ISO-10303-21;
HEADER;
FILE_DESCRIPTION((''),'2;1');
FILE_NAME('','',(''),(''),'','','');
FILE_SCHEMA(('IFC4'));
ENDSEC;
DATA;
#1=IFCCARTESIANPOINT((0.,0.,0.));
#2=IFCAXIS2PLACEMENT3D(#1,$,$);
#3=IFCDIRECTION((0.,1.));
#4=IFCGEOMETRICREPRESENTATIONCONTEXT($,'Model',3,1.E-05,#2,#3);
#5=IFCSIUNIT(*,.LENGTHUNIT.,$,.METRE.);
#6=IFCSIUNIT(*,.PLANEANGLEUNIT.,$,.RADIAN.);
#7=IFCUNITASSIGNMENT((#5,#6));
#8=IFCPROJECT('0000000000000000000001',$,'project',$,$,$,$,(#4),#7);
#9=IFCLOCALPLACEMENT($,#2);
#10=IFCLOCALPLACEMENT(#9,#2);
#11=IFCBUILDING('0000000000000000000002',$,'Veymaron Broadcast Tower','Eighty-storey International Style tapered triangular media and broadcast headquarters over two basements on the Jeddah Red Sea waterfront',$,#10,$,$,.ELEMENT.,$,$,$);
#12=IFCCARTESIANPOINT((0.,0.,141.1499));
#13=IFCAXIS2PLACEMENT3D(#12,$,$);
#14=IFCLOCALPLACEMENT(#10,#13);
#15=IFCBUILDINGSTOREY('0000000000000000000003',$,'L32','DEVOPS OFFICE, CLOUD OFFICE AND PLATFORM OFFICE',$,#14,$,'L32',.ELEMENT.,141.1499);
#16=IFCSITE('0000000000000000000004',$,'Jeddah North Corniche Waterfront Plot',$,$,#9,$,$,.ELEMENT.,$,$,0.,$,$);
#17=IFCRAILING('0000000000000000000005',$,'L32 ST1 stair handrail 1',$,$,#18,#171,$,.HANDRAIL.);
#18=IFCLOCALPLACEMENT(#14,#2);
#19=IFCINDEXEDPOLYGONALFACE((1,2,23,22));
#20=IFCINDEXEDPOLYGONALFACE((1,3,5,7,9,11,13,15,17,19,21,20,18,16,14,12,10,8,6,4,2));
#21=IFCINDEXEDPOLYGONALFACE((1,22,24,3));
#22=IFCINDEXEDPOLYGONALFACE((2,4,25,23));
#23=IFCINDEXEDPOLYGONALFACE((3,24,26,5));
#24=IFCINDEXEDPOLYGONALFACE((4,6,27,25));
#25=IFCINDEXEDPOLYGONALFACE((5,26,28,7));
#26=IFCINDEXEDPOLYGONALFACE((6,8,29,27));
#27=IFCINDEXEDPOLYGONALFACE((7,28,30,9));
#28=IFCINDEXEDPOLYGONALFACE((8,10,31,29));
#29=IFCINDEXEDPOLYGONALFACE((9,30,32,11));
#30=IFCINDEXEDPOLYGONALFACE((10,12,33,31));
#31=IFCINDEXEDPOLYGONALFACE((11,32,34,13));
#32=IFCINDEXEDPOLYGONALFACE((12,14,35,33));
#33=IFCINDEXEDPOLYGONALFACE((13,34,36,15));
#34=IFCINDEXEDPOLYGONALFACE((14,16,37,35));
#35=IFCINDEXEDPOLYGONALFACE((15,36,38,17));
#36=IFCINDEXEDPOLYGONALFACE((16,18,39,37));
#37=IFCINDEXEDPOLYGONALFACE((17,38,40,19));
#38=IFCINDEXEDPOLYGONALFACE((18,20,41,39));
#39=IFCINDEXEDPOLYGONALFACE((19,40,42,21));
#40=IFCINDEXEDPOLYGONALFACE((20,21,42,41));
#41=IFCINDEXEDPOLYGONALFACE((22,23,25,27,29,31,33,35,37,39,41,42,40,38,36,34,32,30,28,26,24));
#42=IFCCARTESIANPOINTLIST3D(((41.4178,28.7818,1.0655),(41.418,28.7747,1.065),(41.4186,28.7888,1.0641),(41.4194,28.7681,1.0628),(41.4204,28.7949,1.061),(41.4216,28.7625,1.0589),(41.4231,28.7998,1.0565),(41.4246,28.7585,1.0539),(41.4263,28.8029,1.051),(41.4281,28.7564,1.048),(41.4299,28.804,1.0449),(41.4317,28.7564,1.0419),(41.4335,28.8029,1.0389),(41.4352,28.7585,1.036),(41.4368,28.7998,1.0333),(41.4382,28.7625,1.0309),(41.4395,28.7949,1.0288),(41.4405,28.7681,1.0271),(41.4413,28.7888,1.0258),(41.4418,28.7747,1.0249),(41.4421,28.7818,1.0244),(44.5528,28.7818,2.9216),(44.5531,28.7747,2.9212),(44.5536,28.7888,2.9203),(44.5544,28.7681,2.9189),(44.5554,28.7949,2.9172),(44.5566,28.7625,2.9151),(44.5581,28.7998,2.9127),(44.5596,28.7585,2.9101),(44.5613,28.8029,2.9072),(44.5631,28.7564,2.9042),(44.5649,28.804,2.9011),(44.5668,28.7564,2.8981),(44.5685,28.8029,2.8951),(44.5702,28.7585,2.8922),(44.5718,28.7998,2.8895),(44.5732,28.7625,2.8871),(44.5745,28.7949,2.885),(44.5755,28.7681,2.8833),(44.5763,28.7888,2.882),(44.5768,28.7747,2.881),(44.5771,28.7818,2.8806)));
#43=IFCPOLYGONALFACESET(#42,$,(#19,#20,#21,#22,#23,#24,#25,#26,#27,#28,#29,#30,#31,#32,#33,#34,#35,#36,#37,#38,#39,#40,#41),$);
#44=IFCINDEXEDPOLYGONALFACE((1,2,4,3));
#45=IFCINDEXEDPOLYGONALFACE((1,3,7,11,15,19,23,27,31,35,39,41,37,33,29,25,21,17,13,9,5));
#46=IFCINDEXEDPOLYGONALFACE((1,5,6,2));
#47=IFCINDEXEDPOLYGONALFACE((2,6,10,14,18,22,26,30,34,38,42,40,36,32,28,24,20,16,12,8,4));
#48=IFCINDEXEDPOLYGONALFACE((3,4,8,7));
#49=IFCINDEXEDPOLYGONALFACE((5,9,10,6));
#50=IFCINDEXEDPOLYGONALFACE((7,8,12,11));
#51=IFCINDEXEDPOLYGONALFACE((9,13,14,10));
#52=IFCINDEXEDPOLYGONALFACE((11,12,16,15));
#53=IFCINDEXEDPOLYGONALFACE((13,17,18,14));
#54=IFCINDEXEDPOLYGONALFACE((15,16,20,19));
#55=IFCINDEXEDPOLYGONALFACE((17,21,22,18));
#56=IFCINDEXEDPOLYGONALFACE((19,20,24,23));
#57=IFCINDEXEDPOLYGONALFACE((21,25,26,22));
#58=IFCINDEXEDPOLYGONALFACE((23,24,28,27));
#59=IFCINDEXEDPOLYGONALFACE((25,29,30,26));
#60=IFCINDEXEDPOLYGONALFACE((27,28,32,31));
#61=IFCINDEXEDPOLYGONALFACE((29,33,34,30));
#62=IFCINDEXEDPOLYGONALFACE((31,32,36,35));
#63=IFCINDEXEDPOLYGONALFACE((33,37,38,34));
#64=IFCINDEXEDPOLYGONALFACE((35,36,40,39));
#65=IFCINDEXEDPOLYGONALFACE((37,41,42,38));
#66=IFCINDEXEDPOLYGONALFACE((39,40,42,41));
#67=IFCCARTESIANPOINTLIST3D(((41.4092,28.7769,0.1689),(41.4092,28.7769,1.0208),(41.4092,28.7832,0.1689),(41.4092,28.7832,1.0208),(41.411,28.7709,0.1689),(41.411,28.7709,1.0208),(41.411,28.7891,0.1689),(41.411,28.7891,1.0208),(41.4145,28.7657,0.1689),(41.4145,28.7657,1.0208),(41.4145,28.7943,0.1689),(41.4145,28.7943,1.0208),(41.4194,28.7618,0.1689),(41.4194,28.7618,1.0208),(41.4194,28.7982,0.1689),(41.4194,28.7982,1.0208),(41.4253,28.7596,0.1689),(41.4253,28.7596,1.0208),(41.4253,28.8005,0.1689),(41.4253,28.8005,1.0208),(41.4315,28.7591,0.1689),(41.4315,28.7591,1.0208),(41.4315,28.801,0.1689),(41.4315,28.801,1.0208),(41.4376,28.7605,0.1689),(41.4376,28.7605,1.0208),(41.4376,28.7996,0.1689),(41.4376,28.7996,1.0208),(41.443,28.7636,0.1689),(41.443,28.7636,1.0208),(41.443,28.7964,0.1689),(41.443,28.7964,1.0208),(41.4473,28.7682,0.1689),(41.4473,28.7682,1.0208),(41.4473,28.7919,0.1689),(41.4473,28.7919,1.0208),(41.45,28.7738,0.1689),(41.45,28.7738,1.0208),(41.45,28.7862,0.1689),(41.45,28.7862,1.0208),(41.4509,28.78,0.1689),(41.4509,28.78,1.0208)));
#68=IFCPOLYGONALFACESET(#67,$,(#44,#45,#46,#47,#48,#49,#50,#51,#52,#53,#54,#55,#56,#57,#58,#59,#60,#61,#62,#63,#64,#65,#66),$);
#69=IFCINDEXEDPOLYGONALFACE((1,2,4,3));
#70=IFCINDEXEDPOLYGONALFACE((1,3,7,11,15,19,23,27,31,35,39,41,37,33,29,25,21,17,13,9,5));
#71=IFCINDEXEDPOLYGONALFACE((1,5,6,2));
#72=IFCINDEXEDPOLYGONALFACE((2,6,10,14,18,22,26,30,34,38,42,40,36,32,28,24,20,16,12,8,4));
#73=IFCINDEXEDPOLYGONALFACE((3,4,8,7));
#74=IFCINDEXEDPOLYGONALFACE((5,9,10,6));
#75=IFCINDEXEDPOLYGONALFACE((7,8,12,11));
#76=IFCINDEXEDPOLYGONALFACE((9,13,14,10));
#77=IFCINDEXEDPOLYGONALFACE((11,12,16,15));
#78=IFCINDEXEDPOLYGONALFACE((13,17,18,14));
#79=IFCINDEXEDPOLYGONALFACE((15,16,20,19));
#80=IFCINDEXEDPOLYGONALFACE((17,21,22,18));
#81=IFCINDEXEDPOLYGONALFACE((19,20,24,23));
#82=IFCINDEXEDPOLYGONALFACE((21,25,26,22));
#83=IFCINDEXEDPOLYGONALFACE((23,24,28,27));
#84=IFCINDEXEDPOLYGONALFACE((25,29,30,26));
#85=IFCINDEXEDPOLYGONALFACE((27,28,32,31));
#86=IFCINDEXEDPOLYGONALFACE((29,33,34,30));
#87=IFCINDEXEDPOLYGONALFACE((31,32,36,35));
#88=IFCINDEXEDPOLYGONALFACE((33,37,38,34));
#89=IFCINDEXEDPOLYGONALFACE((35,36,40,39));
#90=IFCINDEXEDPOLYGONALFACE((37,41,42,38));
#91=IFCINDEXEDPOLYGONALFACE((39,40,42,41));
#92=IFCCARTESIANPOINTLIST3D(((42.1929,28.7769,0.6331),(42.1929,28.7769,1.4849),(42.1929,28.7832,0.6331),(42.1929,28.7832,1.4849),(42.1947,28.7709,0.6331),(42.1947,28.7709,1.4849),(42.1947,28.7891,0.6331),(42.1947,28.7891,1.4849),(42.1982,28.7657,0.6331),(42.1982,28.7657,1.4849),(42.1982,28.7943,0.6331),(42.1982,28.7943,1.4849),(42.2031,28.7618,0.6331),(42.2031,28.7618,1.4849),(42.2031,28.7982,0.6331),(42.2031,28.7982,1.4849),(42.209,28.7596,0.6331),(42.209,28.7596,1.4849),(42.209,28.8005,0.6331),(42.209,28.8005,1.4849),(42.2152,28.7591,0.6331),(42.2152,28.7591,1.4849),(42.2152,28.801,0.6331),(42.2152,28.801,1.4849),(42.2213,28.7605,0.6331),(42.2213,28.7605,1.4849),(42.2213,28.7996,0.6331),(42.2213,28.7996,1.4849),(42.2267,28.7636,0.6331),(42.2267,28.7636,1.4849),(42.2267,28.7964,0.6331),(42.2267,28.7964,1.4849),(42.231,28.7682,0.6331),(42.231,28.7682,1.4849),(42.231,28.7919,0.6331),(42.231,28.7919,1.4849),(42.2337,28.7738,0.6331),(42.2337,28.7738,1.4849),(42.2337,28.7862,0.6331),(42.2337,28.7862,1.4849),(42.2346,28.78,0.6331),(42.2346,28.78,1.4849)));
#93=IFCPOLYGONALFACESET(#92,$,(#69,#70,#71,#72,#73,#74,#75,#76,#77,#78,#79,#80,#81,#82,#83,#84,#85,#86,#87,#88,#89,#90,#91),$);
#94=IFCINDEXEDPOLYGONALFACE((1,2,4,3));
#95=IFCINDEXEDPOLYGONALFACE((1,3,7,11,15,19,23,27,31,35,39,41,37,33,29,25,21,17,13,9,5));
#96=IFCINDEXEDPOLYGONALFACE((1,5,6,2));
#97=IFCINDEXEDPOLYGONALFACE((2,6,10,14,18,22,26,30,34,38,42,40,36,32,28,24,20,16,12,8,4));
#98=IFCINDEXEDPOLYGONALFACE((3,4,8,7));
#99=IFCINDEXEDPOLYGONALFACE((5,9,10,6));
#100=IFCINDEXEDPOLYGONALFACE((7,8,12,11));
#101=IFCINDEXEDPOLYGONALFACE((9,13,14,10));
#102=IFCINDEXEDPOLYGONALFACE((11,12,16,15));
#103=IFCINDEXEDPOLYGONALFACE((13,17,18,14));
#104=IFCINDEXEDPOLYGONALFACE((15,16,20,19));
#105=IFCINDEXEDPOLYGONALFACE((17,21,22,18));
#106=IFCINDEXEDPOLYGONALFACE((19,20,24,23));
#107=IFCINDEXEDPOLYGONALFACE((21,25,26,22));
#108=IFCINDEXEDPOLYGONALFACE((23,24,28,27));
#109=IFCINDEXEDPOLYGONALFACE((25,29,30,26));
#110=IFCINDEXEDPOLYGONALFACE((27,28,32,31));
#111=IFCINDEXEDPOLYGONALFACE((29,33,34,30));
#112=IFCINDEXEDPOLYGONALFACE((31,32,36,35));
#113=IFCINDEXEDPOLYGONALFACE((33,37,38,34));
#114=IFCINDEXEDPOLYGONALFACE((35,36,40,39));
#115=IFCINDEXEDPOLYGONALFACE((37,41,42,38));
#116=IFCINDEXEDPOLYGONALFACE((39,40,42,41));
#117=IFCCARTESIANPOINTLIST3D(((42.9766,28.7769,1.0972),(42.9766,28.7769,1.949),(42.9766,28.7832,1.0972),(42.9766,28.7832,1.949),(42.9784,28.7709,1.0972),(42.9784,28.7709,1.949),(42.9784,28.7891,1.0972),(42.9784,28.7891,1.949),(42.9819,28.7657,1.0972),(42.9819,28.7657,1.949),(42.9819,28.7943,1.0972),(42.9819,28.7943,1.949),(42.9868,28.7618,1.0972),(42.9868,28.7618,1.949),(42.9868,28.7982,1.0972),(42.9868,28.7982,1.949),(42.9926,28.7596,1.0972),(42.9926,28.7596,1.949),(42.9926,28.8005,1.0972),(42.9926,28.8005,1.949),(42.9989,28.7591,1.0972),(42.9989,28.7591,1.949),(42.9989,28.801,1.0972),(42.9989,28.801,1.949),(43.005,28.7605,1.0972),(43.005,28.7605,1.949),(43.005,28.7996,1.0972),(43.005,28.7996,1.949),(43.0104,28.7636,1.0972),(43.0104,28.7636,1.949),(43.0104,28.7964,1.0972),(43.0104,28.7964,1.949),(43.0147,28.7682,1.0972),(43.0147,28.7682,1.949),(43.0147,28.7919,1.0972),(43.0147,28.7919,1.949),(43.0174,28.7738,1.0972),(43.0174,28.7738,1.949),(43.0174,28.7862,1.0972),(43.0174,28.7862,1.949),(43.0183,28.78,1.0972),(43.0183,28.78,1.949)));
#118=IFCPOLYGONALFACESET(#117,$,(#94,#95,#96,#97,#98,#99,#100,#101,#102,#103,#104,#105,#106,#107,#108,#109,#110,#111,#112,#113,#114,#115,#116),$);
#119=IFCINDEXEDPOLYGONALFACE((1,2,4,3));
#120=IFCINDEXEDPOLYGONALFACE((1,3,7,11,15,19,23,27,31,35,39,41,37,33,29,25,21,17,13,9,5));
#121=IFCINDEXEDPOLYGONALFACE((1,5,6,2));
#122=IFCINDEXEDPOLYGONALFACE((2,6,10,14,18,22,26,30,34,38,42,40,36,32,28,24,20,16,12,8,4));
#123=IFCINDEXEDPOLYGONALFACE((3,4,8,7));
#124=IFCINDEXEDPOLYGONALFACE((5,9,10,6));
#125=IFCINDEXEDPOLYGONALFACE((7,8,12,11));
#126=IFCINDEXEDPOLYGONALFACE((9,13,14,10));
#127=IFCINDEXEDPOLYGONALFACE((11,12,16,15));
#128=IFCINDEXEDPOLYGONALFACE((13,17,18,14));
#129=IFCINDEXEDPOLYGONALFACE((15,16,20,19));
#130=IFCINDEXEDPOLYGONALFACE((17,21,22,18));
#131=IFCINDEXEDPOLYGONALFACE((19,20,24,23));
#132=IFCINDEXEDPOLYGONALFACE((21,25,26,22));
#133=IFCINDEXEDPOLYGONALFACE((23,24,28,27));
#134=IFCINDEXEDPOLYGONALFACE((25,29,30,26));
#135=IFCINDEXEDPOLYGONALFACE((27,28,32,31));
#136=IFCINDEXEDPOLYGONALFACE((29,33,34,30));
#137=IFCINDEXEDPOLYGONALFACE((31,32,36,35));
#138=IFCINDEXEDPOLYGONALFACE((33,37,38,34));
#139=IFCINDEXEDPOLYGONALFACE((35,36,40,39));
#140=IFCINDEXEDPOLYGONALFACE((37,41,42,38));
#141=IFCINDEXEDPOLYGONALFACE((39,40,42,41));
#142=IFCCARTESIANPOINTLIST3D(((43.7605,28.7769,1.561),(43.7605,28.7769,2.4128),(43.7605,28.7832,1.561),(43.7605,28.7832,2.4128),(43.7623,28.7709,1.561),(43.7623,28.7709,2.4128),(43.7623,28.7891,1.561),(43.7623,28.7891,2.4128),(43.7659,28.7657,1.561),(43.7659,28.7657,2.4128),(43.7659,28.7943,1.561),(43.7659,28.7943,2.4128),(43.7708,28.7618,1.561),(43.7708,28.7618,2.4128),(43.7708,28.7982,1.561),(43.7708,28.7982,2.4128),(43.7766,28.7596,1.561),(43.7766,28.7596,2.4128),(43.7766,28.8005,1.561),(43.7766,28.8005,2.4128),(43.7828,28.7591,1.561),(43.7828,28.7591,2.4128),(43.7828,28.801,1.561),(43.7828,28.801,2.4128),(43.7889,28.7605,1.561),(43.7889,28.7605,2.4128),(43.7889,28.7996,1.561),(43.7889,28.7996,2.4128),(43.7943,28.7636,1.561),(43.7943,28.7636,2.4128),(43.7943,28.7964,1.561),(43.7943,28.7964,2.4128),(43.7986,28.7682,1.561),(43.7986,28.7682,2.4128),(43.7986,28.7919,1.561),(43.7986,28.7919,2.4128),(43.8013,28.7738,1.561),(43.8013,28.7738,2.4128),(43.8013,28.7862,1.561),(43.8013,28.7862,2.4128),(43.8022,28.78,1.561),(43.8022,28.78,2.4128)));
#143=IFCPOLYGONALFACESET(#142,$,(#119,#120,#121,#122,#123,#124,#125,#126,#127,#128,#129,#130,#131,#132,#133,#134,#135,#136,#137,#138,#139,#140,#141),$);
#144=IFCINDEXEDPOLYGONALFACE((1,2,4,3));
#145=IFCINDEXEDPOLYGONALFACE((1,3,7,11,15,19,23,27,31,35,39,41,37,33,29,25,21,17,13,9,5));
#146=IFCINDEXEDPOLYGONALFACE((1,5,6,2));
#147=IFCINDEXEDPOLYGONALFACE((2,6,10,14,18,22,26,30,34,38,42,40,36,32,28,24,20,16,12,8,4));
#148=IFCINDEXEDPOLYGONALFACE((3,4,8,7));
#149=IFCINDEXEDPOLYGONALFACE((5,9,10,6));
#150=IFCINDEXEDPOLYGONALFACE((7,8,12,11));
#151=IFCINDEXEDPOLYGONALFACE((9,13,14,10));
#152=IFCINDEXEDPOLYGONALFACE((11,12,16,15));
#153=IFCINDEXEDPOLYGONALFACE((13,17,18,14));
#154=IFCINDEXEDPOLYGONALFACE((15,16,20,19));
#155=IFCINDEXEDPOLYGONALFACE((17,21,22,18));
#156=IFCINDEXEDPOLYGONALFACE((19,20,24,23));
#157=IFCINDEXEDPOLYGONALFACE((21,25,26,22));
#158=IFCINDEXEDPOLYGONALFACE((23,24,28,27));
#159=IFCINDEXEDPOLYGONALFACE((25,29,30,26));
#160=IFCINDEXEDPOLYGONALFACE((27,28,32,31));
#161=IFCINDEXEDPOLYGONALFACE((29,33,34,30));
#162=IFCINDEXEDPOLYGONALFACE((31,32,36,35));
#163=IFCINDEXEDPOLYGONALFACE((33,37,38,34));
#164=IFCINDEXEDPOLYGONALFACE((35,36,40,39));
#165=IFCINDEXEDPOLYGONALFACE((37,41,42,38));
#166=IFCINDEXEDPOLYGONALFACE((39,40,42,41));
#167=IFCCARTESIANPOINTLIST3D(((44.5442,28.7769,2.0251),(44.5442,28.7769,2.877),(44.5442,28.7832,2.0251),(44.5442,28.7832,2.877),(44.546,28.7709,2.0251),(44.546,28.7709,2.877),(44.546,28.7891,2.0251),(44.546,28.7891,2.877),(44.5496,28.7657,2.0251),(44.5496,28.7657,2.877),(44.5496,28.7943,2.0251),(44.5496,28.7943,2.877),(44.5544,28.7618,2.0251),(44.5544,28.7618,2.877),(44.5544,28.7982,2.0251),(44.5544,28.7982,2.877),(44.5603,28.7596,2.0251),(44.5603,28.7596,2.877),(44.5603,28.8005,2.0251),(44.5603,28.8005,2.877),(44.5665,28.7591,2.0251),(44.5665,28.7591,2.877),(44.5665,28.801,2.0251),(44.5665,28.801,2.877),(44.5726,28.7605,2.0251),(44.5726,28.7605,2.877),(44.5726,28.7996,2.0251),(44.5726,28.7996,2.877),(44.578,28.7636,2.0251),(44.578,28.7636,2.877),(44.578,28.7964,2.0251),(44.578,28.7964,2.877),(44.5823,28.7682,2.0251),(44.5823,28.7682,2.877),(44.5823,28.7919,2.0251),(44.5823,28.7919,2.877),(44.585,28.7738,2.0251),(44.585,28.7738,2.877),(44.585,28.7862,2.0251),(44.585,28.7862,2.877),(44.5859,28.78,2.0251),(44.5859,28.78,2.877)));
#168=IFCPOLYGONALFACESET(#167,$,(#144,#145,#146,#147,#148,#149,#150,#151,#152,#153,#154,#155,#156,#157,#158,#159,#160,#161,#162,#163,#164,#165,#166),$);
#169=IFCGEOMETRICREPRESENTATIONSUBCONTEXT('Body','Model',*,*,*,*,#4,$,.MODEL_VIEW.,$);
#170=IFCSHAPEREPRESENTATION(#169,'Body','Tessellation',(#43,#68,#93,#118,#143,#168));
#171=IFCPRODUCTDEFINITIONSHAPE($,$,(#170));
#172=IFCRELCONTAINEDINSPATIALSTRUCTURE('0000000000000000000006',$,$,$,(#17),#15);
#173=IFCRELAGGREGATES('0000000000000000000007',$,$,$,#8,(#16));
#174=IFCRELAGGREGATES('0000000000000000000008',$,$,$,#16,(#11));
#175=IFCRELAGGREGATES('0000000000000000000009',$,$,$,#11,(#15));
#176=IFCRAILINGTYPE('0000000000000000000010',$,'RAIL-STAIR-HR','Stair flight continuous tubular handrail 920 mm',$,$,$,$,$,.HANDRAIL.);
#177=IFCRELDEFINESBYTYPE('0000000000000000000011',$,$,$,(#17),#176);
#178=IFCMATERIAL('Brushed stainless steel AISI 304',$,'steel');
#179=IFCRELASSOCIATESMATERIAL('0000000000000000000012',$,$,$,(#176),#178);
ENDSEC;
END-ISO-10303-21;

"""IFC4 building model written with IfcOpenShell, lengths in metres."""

from ifc_helpers import new_model, si_unit, direction, frame, origin, origin_2d, place, context, subcontext, project, spatial, circle, extrude, material, type_object, element, save


model = new_model("IFC4")

# Units and contexts
model_context = context("Model", 3, precision=1e-05, world=origin(), true_north=direction((0.0, 1.0)))
body_context = subcontext(model_context, "Body", "Model", "MODEL_VIEW")
ifc_project = project(units=[si_unit("LENGTHUNIT", "METRE"), si_unit("PLANEANGLEUNIT", "RADIAN")], contexts=[model_context])

# Site, building, storey
site_placement = place(None, origin())
site = spatial("IfcSite", under=ifc_project, at=site_placement, Name="Jeddah North Corniche Waterfront Plot", CompositionType="ELEMENT", RefElevation=0.0)
building_placement = place(site_placement, origin())
building = spatial("IfcBuilding", under=site, at=building_placement, Name="Veymaron Broadcast Tower", Description="Eighty-storey International Style tapered triangular media and broadcast headquarters over two basements on the Jeddah Red Sea waterfront", CompositionType="ELEMENT")
storey_placement = place(building_placement, frame((0.0, 0.0, 141.1499)))
storey = spatial("IfcBuildingStorey", under=building, at=storey_placement, Name="L32", Description="DEVOPS OFFICE, CLOUD OFFICE AND PLATFORM OFFICE", LongName="L32", CompositionType="ELEMENT", Elevation=141.1499)

# Railing
ifc_material_1 = material(Name="Brushed stainless steel AISI 304", Category="steel")
railing_type_1 = type_object("IfcRailingType", Name="RAIL-STAIR-HR", Description="Stair flight continuous tubular handrail 920 mm", PredefinedType="HANDRAIL", material=ifc_material_1)
railing_1_placement = place(storey_placement, frame((41.4299, 28.78, 0.1689)))
element("IfcRailing", 1, at=railing_1_placement, inside=storey, type_object=railing_type_1, Name="L32 ST1 stair handrail 1", PredefinedType="HANDRAIL", context=body_context, shape_type="SweptSolid", body=[
    extrude(circle(Radius=0.0239, at=origin_2d()), frame((0.0, 0.0, 0.876), z_axis=(0.860482, 0.0, 0.509481), x_axis=(0.0, 1.0, 0.0)), (0.0, 0.0, 1.0), 3.6433),
    extrude(circle(Radius=0.021, at=origin_2d()), origin(), (0.0, 0.0, 1.0), 0.8518),
    extrude(circle(Radius=0.021, at=origin_2d()), frame((0.7837, 0.0, 0.4641)), (0.0, 0.0, 1.0), 0.8518),
    extrude(circle(Radius=0.021, at=origin_2d()), frame((1.5674, 0.0, 0.9282)), (0.0, 0.0, 1.0), 0.8518),
    extrude(circle(Radius=0.021, at=origin_2d()), frame((2.3513, 0.0, 1.3921)), (0.0, 0.0, 1.0), 0.8518),
    extrude(circle(Radius=0.021, at=origin_2d()), frame((3.135, 0.0, 1.8562)), (0.0, 0.0, 1.0), 0.8518),
])

save(model, "model.ifc")
